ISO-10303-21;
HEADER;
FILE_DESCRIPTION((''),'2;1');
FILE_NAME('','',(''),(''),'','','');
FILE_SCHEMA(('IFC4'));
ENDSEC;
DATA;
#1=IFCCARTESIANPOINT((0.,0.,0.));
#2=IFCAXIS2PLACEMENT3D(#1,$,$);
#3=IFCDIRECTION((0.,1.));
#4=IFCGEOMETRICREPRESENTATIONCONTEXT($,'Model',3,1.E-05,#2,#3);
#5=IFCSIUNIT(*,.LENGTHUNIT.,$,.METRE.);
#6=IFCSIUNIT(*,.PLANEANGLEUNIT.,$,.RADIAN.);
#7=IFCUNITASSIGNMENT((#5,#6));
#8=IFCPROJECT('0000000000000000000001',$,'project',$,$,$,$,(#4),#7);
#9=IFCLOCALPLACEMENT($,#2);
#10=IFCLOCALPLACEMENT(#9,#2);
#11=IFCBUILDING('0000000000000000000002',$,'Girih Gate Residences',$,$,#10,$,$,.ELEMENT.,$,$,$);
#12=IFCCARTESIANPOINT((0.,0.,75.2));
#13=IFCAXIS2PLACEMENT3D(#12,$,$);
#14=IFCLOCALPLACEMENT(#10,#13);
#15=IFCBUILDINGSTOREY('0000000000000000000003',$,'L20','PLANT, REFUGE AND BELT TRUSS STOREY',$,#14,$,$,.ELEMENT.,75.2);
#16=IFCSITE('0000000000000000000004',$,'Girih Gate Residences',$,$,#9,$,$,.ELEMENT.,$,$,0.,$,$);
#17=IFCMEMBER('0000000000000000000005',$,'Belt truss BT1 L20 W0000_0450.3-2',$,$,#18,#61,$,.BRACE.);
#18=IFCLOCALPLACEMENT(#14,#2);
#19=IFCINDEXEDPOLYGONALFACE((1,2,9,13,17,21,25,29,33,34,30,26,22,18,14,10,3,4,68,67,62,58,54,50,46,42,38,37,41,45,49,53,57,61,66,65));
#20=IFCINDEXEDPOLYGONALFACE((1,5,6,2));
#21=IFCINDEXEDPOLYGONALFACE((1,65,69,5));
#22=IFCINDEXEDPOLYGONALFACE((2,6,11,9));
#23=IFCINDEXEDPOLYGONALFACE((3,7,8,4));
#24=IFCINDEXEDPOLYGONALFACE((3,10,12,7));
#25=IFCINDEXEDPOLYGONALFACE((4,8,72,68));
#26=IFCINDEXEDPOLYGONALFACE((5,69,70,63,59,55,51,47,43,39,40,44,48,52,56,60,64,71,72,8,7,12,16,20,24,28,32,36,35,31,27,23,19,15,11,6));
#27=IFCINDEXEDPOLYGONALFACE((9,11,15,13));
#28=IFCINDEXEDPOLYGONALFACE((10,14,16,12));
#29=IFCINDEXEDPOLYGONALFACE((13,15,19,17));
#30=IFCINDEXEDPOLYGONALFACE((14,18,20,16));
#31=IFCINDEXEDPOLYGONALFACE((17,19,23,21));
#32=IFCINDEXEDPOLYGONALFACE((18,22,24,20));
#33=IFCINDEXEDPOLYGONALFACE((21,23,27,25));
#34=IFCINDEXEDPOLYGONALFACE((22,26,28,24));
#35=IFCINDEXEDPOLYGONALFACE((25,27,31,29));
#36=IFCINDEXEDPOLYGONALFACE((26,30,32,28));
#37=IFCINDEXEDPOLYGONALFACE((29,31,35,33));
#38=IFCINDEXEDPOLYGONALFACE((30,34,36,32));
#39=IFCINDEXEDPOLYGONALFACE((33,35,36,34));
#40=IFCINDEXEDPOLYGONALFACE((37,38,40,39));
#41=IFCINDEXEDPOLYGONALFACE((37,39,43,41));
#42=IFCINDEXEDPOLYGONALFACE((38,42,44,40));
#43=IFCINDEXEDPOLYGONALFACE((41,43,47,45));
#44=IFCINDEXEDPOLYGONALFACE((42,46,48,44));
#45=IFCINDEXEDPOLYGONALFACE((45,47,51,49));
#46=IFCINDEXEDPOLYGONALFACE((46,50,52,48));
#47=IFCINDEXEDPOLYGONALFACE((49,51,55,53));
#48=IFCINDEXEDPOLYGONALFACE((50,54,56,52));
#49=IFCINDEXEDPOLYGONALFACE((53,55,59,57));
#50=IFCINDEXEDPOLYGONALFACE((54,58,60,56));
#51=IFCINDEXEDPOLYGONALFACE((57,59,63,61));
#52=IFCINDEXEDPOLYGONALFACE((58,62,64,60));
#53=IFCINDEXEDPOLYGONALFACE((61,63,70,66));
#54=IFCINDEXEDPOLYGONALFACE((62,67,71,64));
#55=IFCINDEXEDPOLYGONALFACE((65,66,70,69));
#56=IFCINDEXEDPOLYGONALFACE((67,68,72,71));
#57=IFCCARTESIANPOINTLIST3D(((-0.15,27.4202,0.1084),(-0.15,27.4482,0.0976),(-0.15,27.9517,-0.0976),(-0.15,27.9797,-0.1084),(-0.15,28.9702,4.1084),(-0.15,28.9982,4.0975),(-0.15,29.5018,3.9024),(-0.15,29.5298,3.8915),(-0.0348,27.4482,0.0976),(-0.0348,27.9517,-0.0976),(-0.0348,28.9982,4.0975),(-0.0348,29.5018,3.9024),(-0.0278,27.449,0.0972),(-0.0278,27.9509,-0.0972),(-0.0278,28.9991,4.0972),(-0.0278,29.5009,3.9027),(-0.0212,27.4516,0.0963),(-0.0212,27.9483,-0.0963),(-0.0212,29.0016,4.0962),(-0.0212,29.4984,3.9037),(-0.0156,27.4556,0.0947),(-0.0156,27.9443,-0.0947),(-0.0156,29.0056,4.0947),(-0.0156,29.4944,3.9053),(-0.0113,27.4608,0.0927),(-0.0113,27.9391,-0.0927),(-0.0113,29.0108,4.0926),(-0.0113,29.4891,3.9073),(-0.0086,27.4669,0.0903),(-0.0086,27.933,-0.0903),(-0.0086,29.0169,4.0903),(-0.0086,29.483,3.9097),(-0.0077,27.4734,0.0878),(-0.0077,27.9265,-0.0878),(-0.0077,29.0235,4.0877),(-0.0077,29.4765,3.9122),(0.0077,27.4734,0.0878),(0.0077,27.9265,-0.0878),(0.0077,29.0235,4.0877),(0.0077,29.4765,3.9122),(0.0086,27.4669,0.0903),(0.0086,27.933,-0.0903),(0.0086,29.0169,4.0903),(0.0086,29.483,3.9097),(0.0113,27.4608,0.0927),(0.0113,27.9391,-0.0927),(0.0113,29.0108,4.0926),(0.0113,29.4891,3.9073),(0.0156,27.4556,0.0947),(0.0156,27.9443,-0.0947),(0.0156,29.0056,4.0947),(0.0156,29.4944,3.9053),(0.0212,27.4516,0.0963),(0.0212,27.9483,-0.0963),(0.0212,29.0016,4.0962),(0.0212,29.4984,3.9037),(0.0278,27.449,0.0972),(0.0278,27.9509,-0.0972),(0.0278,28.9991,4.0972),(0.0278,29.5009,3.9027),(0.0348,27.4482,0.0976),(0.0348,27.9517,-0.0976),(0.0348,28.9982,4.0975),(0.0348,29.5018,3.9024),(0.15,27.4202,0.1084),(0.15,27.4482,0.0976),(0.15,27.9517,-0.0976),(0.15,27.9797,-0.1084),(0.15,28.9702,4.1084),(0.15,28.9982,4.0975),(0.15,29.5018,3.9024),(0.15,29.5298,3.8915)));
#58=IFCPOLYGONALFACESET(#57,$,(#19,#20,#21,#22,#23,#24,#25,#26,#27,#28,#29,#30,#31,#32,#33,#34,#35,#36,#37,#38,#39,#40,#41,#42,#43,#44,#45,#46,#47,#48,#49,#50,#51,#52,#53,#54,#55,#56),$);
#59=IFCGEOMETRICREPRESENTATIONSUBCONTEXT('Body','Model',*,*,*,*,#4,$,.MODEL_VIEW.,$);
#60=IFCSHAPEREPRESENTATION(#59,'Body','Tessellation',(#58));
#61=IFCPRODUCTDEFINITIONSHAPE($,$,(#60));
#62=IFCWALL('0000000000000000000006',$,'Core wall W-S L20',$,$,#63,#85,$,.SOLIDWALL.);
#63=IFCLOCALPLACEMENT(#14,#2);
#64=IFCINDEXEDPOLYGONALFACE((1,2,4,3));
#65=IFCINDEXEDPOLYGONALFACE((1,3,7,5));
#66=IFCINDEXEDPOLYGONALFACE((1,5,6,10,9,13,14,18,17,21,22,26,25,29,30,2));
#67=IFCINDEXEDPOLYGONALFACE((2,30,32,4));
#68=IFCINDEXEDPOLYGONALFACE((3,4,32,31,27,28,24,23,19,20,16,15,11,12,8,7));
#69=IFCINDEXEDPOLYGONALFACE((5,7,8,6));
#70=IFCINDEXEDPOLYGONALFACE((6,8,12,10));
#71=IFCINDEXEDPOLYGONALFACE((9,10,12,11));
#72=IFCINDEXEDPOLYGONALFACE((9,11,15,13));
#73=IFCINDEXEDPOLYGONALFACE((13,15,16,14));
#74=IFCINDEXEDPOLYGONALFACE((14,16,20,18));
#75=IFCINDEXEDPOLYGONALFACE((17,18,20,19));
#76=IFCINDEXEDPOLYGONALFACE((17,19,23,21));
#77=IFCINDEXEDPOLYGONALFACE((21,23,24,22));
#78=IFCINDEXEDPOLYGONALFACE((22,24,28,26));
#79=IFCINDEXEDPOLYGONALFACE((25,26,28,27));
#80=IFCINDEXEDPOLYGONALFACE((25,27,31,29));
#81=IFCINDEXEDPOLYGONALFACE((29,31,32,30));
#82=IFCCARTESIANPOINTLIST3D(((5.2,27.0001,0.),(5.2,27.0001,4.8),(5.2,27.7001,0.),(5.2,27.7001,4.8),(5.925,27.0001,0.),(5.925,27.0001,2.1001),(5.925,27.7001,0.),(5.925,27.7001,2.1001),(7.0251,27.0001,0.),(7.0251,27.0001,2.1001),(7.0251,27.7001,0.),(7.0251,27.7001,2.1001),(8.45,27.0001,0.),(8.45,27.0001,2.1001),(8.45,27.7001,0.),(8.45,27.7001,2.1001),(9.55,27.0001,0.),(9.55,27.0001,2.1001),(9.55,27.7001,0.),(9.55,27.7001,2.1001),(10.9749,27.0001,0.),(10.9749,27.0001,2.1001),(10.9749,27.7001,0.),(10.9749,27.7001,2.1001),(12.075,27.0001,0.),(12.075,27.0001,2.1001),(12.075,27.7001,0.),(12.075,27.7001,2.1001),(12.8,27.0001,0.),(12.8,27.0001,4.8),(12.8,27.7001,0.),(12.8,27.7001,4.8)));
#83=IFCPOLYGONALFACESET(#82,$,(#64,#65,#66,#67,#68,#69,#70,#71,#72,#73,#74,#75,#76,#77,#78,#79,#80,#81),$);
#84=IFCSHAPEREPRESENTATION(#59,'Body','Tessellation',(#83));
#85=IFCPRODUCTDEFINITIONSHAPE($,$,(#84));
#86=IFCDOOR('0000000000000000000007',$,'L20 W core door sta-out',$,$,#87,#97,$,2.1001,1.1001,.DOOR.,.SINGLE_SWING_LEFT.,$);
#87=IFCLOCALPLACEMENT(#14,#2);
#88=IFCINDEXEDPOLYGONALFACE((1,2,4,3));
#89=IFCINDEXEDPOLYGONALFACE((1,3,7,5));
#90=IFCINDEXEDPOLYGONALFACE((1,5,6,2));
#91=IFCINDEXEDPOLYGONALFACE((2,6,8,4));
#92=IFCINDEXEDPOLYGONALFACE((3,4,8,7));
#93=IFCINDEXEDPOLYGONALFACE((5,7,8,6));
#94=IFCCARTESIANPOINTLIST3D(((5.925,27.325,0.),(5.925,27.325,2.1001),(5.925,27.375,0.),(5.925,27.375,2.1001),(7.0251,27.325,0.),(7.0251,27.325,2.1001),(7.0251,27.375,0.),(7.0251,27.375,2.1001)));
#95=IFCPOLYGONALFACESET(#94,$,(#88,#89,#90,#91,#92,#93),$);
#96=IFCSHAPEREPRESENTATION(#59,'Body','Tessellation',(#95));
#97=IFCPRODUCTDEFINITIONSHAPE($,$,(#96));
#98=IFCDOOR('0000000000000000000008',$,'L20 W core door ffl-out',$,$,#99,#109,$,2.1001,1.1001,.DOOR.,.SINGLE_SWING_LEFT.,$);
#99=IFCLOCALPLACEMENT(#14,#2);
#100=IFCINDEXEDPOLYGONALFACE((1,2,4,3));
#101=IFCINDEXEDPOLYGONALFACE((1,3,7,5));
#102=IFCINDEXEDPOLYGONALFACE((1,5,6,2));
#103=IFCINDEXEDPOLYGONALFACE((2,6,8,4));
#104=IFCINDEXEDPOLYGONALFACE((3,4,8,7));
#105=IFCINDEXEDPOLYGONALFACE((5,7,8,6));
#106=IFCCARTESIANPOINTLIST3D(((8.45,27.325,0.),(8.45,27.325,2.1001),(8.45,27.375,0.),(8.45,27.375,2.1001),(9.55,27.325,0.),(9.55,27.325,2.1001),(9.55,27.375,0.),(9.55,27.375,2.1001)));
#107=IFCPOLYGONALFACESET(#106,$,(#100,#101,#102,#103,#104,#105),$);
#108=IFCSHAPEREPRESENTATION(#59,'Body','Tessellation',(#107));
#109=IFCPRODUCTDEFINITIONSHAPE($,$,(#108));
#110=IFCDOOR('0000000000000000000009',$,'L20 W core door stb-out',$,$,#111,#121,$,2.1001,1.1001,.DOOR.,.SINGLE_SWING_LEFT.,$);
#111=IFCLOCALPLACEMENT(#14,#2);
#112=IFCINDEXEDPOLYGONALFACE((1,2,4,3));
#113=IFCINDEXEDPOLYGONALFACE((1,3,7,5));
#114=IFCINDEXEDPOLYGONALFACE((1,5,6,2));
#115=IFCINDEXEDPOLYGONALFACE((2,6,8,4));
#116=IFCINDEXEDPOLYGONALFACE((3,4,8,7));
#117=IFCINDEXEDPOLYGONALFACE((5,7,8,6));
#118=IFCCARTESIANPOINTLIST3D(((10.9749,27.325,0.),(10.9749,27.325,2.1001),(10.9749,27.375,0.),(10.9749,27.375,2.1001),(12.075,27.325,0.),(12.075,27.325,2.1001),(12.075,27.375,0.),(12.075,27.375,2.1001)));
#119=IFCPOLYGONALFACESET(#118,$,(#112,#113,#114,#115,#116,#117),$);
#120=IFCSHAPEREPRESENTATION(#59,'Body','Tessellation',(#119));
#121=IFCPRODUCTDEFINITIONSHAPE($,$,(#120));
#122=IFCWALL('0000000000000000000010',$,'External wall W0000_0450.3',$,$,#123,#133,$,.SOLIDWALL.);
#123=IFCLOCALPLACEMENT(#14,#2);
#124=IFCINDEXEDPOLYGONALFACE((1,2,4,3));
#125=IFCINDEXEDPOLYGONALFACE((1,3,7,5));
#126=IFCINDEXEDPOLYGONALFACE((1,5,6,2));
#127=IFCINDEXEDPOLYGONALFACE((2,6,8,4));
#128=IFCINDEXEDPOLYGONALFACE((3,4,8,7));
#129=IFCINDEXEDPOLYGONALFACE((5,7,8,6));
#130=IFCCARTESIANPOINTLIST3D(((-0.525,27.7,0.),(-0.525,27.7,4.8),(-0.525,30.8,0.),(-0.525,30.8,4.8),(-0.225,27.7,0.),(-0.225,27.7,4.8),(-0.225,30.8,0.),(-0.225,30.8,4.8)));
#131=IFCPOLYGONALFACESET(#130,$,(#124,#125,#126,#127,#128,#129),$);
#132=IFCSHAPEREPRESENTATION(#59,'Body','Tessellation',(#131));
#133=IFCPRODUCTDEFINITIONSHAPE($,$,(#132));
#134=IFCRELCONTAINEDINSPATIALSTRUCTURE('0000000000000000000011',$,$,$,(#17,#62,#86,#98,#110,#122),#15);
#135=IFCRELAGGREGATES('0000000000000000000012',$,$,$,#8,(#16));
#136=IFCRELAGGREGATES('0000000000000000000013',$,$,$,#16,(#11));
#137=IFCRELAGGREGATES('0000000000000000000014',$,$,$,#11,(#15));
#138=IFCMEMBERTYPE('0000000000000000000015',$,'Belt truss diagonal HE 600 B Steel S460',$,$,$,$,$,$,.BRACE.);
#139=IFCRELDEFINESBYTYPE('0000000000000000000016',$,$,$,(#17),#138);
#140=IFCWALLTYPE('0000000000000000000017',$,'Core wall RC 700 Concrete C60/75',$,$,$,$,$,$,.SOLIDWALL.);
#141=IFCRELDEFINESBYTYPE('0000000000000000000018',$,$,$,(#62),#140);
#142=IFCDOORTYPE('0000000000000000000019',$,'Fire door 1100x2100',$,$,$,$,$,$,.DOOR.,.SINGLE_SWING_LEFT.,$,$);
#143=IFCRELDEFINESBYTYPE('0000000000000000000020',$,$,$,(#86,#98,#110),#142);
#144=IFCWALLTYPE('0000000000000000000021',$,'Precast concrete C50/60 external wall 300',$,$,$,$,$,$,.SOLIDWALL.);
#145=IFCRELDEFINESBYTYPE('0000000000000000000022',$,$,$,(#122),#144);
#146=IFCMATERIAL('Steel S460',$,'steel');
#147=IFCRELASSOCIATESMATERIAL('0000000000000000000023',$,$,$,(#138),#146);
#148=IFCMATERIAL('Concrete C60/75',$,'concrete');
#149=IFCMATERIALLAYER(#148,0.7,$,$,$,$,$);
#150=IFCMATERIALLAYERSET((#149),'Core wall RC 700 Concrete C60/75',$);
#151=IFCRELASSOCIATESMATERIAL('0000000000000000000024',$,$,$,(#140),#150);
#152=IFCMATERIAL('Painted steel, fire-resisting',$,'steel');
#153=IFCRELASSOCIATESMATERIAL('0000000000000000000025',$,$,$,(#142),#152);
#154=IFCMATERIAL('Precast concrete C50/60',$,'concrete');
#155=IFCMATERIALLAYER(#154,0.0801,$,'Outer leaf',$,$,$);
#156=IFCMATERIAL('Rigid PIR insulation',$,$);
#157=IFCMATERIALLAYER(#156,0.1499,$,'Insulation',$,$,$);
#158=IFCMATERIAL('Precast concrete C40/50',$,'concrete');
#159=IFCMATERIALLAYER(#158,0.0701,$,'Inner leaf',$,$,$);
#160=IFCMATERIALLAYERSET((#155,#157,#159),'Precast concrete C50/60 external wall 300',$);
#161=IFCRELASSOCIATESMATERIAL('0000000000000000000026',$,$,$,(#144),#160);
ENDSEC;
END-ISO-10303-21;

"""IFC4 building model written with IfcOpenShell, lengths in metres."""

from ifc_helpers import new_model, si_unit, direction, frame, frame_2d, origin, origin_2d, place, context, subcontext, project, spatial, rectangle, i_section, extrude, material, layer, layer_set, material_profile, profile_set, type_object, element, fill, save


model = new_model("IFC4")

# Units and contexts
model_context = context("Model", 3, precision=1e-05, world=origin(), true_north=direction((0.0, 1.0)))
body_context = subcontext(model_context, "Body", "Model", "MODEL_VIEW")
ifc_project = project(units=[si_unit("LENGTHUNIT", "METRE"), si_unit("PLANEANGLEUNIT", "RADIAN")], contexts=[model_context])

# Site, building, storey
site_placement = place(None, origin())
site = spatial("IfcSite", under=ifc_project, at=site_placement, Name="Girih Gate Residences", CompositionType="ELEMENT", RefElevation=0.0)
building_placement = place(site_placement, origin())
building = spatial("IfcBuilding", under=site, at=building_placement, Name="Girih Gate Residences", CompositionType="ELEMENT")
storey_placement = place(building_placement, frame((0.0, 0.0, 75.2)))
storey = spatial("IfcBuildingStorey", under=building, at=storey_placement, Name="L20", Description="PLANT, REFUGE AND BELT TRUSS STOREY", CompositionType="ELEMENT", Elevation=75.2)

# Member
ifc_material_1 = material(Name="Steel S460", Category="steel")
ifc_material_profile = material_profile(ifc_material_1, i_section(OverallWidth=0.3, OverallDepth=0.6001, WebThickness=0.0154, FlangeThickness=0.03, FilletRadius=0.0271, at=origin_2d()))
ifc_profile_set = profile_set([ifc_material_profile], Name="Steel S460")
member_type = type_object("IfcMemberType", Name="Belt truss diagonal HE 600 B Steel S460", PredefinedType="BRACE", material=ifc_profile_set)
member_placement = place(storey_placement, frame((0.0, 27.7, 0.0), z_axis=(0.0, 0.361331, 0.932438), x_axis=(-1.0, 0.0, 0.0)))
element("IfcMember", 1, at=member_placement, inside=storey, type_object=member_type, Name="Belt truss BT1 L20 W0000_0450.3-2", PredefinedType="BRACE", context=body_context, shape_type="SweptSolid", body=[
    extrude(i_section(OverallWidth=0.3, OverallDepth=0.6001, WebThickness=0.0154, FlangeThickness=0.03, FilletRadius=0.0271, at=origin_2d()), origin(), (0.0, 0.0, 1.0), 4.2898),
])

# Wall, openings, doors
ifc_material_2 = material(Name="Concrete C60/75", Category="concrete")
ifc_layer_1 = layer(ifc_material_2, 0.7)
ifc_layer_set_1 = layer_set([ifc_layer_1], Name="Core wall RC 700 Concrete C60/75")
wall_type_1 = type_object("IfcWallType", Name="Core wall RC 700 Concrete C60/75", PredefinedType="SOLIDWALL", material=ifc_layer_set_1)
wall_1_placement = place(storey_placement, frame((5.2, 27.3501, 0.0), z_axis=(0.0, 0.0, 1.0), x_axis=(1.0, 0.0, 0.0)))
wall_1 = element("IfcWall", 2, at=wall_1_placement, inside=storey, type_object=wall_type_1, Name="Core wall W-S L20", PredefinedType="SOLIDWALL", context=body_context, shape_type="SweptSolid", body=[
    extrude(rectangle(XDim=7.6001, YDim=0.7, at=frame_2d((3.8, 0.0))), origin(), (0.0, 0.0, 1.0), 4.8),
])
opening_1_placement = place(wall_1_placement, frame((0.7251, 0.0, 0.0)))
opening_1 = element("IfcOpeningElement", 3, at=opening_1_placement, cuts=wall_1, PredefinedType="OPENING", context=body_context, shape_type="SweptSolid", body=[
    extrude(rectangle(XDim=1.1001, YDim=2.1001, at=frame_2d((0.55, 1.05))), frame((0.0, 0.3599, 0.0), z_axis=(0.0, -1.0, 0.0), x_axis=(1.0, 0.0, 0.0)), (0.0, 0.0, 1.0), 0.72),
])
opening_2_placement = place(wall_1_placement, frame((3.25, 0.0, 0.0)))
opening_2 = element("IfcOpeningElement", 4, at=opening_2_placement, cuts=wall_1, PredefinedType="OPENING", context=body_context, shape_type="SweptSolid", body=[
    extrude(rectangle(XDim=1.1001, YDim=2.1001, at=frame_2d((0.55, 1.05))), frame((0.0, 0.3599, 0.0), z_axis=(0.0, -1.0, 0.0), x_axis=(1.0, 0.0, 0.0)), (0.0, 0.0, 1.0), 0.72),
])
opening_3_placement = place(wall_1_placement, frame((5.7749, 0.0, 0.0)))
opening_3 = element("IfcOpeningElement", 5, at=opening_3_placement, cuts=wall_1, PredefinedType="OPENING", context=body_context, shape_type="SweptSolid", body=[
    extrude(rectangle(XDim=1.1001, YDim=2.1001, at=frame_2d((0.55, 1.05))), frame((0.0, 0.3599, 0.0), z_axis=(0.0, -1.0, 0.0), x_axis=(1.0, 0.0, 0.0)), (0.0, 0.0, 1.0), 0.72),
])
ifc_material_3 = material(Name="Painted steel, fire-resisting", Category="steel")
door_type = type_object("IfcDoorType", Name="Fire door 1100x2100", OperationType="SINGLE_SWING_LEFT", PredefinedType="DOOR", material=ifc_material_3)
door_1_placement = place(opening_1_placement, origin())
door_1 = element("IfcDoor", 6, at=door_1_placement, inside=storey, type_object=door_type, Name="L20 W core door sta-out", OperationType="SINGLE_SWING_LEFT", OverallHeight=2.1001, OverallWidth=1.1001, PredefinedType="DOOR", context=body_context, shape_type="SweptSolid", body=[
    extrude(rectangle(XDim=1.1001, YDim=2.1001, at=frame_2d((0.55, 1.05))), frame((0.0, 0.0249, 0.0), z_axis=(0.0, -1.0, 0.0), x_axis=(1.0, 0.0, 0.0)), (0.0, 0.0, 1.0), 0.05),
])
fill(opening_1, door_1)
door_2_placement = place(opening_2_placement, origin())
door_2 = element("IfcDoor", 7, at=door_2_placement, inside=storey, type_object=door_type, Name="L20 W core door ffl-out", OperationType="SINGLE_SWING_LEFT", OverallHeight=2.1001, OverallWidth=1.1001, PredefinedType="DOOR", context=body_context, shape_type="SweptSolid", body=[
    extrude(rectangle(XDim=1.1001, YDim=2.1001, at=frame_2d((0.55, 1.05))), frame((0.0, 0.0249, 0.0), z_axis=(0.0, -1.0, 0.0), x_axis=(1.0, 0.0, 0.0)), (0.0, 0.0, 1.0), 0.05),
])
fill(opening_2, door_2)
door_3_placement = place(opening_3_placement, origin())
door_3 = element("IfcDoor", 8, at=door_3_placement, inside=storey, type_object=door_type, Name="L20 W core door stb-out", OperationType="SINGLE_SWING_LEFT", OverallHeight=2.1001, OverallWidth=1.1001, PredefinedType="DOOR", context=body_context, shape_type="SweptSolid", body=[
    extrude(rectangle(XDim=1.1001, YDim=2.1001, at=frame_2d((0.55, 1.05))), frame((0.0, 0.0249, 0.0), z_axis=(0.0, -1.0, 0.0), x_axis=(1.0, 0.0, 0.0)), (0.0, 0.0, 1.0), 0.05),
])
fill(opening_3, door_3)

# Wall
ifc_material_4 = material(Name="Precast concrete C50/60", Category="concrete")
ifc_layer_2 = layer(ifc_material_4, 0.0801, Name="Outer leaf")
ifc_material_5 = material(Name="Rigid PIR insulation")
ifc_layer_3 = layer(ifc_material_5, 0.1499, Name="Insulation")
ifc_material_6 = material(Name="Precast concrete C40/50", Category="concrete")
ifc_layer_4 = layer(ifc_material_6, 0.0701, Name="Inner leaf")
ifc_layer_set_2 = layer_set([ifc_layer_2, ifc_layer_3, ifc_layer_4], Name="Precast concrete C50/60 external wall 300")
wall_type_2 = type_object("IfcWallType", Name="Precast concrete C50/60 external wall 300", PredefinedType="SOLIDWALL", material=ifc_layer_set_2)
wall_2_placement = place(storey_placement, frame((-0.375, 27.7, 0.0), z_axis=(0.0, 0.0, 1.0), x_axis=(0.0, 1.0, 0.0)))
element("IfcWall", 9, at=wall_2_placement, inside=storey, type_object=wall_type_2, Name="External wall W0000_0450.3", PredefinedType="SOLIDWALL", context=body_context, shape_type="SweptSolid", body=[
    extrude(rectangle(XDim=3.1001, YDim=0.3, at=frame_2d((1.55, 0.0))), origin(), (0.0, 0.0, 1.0), 4.8),
])

save(model, "model.ifc")
